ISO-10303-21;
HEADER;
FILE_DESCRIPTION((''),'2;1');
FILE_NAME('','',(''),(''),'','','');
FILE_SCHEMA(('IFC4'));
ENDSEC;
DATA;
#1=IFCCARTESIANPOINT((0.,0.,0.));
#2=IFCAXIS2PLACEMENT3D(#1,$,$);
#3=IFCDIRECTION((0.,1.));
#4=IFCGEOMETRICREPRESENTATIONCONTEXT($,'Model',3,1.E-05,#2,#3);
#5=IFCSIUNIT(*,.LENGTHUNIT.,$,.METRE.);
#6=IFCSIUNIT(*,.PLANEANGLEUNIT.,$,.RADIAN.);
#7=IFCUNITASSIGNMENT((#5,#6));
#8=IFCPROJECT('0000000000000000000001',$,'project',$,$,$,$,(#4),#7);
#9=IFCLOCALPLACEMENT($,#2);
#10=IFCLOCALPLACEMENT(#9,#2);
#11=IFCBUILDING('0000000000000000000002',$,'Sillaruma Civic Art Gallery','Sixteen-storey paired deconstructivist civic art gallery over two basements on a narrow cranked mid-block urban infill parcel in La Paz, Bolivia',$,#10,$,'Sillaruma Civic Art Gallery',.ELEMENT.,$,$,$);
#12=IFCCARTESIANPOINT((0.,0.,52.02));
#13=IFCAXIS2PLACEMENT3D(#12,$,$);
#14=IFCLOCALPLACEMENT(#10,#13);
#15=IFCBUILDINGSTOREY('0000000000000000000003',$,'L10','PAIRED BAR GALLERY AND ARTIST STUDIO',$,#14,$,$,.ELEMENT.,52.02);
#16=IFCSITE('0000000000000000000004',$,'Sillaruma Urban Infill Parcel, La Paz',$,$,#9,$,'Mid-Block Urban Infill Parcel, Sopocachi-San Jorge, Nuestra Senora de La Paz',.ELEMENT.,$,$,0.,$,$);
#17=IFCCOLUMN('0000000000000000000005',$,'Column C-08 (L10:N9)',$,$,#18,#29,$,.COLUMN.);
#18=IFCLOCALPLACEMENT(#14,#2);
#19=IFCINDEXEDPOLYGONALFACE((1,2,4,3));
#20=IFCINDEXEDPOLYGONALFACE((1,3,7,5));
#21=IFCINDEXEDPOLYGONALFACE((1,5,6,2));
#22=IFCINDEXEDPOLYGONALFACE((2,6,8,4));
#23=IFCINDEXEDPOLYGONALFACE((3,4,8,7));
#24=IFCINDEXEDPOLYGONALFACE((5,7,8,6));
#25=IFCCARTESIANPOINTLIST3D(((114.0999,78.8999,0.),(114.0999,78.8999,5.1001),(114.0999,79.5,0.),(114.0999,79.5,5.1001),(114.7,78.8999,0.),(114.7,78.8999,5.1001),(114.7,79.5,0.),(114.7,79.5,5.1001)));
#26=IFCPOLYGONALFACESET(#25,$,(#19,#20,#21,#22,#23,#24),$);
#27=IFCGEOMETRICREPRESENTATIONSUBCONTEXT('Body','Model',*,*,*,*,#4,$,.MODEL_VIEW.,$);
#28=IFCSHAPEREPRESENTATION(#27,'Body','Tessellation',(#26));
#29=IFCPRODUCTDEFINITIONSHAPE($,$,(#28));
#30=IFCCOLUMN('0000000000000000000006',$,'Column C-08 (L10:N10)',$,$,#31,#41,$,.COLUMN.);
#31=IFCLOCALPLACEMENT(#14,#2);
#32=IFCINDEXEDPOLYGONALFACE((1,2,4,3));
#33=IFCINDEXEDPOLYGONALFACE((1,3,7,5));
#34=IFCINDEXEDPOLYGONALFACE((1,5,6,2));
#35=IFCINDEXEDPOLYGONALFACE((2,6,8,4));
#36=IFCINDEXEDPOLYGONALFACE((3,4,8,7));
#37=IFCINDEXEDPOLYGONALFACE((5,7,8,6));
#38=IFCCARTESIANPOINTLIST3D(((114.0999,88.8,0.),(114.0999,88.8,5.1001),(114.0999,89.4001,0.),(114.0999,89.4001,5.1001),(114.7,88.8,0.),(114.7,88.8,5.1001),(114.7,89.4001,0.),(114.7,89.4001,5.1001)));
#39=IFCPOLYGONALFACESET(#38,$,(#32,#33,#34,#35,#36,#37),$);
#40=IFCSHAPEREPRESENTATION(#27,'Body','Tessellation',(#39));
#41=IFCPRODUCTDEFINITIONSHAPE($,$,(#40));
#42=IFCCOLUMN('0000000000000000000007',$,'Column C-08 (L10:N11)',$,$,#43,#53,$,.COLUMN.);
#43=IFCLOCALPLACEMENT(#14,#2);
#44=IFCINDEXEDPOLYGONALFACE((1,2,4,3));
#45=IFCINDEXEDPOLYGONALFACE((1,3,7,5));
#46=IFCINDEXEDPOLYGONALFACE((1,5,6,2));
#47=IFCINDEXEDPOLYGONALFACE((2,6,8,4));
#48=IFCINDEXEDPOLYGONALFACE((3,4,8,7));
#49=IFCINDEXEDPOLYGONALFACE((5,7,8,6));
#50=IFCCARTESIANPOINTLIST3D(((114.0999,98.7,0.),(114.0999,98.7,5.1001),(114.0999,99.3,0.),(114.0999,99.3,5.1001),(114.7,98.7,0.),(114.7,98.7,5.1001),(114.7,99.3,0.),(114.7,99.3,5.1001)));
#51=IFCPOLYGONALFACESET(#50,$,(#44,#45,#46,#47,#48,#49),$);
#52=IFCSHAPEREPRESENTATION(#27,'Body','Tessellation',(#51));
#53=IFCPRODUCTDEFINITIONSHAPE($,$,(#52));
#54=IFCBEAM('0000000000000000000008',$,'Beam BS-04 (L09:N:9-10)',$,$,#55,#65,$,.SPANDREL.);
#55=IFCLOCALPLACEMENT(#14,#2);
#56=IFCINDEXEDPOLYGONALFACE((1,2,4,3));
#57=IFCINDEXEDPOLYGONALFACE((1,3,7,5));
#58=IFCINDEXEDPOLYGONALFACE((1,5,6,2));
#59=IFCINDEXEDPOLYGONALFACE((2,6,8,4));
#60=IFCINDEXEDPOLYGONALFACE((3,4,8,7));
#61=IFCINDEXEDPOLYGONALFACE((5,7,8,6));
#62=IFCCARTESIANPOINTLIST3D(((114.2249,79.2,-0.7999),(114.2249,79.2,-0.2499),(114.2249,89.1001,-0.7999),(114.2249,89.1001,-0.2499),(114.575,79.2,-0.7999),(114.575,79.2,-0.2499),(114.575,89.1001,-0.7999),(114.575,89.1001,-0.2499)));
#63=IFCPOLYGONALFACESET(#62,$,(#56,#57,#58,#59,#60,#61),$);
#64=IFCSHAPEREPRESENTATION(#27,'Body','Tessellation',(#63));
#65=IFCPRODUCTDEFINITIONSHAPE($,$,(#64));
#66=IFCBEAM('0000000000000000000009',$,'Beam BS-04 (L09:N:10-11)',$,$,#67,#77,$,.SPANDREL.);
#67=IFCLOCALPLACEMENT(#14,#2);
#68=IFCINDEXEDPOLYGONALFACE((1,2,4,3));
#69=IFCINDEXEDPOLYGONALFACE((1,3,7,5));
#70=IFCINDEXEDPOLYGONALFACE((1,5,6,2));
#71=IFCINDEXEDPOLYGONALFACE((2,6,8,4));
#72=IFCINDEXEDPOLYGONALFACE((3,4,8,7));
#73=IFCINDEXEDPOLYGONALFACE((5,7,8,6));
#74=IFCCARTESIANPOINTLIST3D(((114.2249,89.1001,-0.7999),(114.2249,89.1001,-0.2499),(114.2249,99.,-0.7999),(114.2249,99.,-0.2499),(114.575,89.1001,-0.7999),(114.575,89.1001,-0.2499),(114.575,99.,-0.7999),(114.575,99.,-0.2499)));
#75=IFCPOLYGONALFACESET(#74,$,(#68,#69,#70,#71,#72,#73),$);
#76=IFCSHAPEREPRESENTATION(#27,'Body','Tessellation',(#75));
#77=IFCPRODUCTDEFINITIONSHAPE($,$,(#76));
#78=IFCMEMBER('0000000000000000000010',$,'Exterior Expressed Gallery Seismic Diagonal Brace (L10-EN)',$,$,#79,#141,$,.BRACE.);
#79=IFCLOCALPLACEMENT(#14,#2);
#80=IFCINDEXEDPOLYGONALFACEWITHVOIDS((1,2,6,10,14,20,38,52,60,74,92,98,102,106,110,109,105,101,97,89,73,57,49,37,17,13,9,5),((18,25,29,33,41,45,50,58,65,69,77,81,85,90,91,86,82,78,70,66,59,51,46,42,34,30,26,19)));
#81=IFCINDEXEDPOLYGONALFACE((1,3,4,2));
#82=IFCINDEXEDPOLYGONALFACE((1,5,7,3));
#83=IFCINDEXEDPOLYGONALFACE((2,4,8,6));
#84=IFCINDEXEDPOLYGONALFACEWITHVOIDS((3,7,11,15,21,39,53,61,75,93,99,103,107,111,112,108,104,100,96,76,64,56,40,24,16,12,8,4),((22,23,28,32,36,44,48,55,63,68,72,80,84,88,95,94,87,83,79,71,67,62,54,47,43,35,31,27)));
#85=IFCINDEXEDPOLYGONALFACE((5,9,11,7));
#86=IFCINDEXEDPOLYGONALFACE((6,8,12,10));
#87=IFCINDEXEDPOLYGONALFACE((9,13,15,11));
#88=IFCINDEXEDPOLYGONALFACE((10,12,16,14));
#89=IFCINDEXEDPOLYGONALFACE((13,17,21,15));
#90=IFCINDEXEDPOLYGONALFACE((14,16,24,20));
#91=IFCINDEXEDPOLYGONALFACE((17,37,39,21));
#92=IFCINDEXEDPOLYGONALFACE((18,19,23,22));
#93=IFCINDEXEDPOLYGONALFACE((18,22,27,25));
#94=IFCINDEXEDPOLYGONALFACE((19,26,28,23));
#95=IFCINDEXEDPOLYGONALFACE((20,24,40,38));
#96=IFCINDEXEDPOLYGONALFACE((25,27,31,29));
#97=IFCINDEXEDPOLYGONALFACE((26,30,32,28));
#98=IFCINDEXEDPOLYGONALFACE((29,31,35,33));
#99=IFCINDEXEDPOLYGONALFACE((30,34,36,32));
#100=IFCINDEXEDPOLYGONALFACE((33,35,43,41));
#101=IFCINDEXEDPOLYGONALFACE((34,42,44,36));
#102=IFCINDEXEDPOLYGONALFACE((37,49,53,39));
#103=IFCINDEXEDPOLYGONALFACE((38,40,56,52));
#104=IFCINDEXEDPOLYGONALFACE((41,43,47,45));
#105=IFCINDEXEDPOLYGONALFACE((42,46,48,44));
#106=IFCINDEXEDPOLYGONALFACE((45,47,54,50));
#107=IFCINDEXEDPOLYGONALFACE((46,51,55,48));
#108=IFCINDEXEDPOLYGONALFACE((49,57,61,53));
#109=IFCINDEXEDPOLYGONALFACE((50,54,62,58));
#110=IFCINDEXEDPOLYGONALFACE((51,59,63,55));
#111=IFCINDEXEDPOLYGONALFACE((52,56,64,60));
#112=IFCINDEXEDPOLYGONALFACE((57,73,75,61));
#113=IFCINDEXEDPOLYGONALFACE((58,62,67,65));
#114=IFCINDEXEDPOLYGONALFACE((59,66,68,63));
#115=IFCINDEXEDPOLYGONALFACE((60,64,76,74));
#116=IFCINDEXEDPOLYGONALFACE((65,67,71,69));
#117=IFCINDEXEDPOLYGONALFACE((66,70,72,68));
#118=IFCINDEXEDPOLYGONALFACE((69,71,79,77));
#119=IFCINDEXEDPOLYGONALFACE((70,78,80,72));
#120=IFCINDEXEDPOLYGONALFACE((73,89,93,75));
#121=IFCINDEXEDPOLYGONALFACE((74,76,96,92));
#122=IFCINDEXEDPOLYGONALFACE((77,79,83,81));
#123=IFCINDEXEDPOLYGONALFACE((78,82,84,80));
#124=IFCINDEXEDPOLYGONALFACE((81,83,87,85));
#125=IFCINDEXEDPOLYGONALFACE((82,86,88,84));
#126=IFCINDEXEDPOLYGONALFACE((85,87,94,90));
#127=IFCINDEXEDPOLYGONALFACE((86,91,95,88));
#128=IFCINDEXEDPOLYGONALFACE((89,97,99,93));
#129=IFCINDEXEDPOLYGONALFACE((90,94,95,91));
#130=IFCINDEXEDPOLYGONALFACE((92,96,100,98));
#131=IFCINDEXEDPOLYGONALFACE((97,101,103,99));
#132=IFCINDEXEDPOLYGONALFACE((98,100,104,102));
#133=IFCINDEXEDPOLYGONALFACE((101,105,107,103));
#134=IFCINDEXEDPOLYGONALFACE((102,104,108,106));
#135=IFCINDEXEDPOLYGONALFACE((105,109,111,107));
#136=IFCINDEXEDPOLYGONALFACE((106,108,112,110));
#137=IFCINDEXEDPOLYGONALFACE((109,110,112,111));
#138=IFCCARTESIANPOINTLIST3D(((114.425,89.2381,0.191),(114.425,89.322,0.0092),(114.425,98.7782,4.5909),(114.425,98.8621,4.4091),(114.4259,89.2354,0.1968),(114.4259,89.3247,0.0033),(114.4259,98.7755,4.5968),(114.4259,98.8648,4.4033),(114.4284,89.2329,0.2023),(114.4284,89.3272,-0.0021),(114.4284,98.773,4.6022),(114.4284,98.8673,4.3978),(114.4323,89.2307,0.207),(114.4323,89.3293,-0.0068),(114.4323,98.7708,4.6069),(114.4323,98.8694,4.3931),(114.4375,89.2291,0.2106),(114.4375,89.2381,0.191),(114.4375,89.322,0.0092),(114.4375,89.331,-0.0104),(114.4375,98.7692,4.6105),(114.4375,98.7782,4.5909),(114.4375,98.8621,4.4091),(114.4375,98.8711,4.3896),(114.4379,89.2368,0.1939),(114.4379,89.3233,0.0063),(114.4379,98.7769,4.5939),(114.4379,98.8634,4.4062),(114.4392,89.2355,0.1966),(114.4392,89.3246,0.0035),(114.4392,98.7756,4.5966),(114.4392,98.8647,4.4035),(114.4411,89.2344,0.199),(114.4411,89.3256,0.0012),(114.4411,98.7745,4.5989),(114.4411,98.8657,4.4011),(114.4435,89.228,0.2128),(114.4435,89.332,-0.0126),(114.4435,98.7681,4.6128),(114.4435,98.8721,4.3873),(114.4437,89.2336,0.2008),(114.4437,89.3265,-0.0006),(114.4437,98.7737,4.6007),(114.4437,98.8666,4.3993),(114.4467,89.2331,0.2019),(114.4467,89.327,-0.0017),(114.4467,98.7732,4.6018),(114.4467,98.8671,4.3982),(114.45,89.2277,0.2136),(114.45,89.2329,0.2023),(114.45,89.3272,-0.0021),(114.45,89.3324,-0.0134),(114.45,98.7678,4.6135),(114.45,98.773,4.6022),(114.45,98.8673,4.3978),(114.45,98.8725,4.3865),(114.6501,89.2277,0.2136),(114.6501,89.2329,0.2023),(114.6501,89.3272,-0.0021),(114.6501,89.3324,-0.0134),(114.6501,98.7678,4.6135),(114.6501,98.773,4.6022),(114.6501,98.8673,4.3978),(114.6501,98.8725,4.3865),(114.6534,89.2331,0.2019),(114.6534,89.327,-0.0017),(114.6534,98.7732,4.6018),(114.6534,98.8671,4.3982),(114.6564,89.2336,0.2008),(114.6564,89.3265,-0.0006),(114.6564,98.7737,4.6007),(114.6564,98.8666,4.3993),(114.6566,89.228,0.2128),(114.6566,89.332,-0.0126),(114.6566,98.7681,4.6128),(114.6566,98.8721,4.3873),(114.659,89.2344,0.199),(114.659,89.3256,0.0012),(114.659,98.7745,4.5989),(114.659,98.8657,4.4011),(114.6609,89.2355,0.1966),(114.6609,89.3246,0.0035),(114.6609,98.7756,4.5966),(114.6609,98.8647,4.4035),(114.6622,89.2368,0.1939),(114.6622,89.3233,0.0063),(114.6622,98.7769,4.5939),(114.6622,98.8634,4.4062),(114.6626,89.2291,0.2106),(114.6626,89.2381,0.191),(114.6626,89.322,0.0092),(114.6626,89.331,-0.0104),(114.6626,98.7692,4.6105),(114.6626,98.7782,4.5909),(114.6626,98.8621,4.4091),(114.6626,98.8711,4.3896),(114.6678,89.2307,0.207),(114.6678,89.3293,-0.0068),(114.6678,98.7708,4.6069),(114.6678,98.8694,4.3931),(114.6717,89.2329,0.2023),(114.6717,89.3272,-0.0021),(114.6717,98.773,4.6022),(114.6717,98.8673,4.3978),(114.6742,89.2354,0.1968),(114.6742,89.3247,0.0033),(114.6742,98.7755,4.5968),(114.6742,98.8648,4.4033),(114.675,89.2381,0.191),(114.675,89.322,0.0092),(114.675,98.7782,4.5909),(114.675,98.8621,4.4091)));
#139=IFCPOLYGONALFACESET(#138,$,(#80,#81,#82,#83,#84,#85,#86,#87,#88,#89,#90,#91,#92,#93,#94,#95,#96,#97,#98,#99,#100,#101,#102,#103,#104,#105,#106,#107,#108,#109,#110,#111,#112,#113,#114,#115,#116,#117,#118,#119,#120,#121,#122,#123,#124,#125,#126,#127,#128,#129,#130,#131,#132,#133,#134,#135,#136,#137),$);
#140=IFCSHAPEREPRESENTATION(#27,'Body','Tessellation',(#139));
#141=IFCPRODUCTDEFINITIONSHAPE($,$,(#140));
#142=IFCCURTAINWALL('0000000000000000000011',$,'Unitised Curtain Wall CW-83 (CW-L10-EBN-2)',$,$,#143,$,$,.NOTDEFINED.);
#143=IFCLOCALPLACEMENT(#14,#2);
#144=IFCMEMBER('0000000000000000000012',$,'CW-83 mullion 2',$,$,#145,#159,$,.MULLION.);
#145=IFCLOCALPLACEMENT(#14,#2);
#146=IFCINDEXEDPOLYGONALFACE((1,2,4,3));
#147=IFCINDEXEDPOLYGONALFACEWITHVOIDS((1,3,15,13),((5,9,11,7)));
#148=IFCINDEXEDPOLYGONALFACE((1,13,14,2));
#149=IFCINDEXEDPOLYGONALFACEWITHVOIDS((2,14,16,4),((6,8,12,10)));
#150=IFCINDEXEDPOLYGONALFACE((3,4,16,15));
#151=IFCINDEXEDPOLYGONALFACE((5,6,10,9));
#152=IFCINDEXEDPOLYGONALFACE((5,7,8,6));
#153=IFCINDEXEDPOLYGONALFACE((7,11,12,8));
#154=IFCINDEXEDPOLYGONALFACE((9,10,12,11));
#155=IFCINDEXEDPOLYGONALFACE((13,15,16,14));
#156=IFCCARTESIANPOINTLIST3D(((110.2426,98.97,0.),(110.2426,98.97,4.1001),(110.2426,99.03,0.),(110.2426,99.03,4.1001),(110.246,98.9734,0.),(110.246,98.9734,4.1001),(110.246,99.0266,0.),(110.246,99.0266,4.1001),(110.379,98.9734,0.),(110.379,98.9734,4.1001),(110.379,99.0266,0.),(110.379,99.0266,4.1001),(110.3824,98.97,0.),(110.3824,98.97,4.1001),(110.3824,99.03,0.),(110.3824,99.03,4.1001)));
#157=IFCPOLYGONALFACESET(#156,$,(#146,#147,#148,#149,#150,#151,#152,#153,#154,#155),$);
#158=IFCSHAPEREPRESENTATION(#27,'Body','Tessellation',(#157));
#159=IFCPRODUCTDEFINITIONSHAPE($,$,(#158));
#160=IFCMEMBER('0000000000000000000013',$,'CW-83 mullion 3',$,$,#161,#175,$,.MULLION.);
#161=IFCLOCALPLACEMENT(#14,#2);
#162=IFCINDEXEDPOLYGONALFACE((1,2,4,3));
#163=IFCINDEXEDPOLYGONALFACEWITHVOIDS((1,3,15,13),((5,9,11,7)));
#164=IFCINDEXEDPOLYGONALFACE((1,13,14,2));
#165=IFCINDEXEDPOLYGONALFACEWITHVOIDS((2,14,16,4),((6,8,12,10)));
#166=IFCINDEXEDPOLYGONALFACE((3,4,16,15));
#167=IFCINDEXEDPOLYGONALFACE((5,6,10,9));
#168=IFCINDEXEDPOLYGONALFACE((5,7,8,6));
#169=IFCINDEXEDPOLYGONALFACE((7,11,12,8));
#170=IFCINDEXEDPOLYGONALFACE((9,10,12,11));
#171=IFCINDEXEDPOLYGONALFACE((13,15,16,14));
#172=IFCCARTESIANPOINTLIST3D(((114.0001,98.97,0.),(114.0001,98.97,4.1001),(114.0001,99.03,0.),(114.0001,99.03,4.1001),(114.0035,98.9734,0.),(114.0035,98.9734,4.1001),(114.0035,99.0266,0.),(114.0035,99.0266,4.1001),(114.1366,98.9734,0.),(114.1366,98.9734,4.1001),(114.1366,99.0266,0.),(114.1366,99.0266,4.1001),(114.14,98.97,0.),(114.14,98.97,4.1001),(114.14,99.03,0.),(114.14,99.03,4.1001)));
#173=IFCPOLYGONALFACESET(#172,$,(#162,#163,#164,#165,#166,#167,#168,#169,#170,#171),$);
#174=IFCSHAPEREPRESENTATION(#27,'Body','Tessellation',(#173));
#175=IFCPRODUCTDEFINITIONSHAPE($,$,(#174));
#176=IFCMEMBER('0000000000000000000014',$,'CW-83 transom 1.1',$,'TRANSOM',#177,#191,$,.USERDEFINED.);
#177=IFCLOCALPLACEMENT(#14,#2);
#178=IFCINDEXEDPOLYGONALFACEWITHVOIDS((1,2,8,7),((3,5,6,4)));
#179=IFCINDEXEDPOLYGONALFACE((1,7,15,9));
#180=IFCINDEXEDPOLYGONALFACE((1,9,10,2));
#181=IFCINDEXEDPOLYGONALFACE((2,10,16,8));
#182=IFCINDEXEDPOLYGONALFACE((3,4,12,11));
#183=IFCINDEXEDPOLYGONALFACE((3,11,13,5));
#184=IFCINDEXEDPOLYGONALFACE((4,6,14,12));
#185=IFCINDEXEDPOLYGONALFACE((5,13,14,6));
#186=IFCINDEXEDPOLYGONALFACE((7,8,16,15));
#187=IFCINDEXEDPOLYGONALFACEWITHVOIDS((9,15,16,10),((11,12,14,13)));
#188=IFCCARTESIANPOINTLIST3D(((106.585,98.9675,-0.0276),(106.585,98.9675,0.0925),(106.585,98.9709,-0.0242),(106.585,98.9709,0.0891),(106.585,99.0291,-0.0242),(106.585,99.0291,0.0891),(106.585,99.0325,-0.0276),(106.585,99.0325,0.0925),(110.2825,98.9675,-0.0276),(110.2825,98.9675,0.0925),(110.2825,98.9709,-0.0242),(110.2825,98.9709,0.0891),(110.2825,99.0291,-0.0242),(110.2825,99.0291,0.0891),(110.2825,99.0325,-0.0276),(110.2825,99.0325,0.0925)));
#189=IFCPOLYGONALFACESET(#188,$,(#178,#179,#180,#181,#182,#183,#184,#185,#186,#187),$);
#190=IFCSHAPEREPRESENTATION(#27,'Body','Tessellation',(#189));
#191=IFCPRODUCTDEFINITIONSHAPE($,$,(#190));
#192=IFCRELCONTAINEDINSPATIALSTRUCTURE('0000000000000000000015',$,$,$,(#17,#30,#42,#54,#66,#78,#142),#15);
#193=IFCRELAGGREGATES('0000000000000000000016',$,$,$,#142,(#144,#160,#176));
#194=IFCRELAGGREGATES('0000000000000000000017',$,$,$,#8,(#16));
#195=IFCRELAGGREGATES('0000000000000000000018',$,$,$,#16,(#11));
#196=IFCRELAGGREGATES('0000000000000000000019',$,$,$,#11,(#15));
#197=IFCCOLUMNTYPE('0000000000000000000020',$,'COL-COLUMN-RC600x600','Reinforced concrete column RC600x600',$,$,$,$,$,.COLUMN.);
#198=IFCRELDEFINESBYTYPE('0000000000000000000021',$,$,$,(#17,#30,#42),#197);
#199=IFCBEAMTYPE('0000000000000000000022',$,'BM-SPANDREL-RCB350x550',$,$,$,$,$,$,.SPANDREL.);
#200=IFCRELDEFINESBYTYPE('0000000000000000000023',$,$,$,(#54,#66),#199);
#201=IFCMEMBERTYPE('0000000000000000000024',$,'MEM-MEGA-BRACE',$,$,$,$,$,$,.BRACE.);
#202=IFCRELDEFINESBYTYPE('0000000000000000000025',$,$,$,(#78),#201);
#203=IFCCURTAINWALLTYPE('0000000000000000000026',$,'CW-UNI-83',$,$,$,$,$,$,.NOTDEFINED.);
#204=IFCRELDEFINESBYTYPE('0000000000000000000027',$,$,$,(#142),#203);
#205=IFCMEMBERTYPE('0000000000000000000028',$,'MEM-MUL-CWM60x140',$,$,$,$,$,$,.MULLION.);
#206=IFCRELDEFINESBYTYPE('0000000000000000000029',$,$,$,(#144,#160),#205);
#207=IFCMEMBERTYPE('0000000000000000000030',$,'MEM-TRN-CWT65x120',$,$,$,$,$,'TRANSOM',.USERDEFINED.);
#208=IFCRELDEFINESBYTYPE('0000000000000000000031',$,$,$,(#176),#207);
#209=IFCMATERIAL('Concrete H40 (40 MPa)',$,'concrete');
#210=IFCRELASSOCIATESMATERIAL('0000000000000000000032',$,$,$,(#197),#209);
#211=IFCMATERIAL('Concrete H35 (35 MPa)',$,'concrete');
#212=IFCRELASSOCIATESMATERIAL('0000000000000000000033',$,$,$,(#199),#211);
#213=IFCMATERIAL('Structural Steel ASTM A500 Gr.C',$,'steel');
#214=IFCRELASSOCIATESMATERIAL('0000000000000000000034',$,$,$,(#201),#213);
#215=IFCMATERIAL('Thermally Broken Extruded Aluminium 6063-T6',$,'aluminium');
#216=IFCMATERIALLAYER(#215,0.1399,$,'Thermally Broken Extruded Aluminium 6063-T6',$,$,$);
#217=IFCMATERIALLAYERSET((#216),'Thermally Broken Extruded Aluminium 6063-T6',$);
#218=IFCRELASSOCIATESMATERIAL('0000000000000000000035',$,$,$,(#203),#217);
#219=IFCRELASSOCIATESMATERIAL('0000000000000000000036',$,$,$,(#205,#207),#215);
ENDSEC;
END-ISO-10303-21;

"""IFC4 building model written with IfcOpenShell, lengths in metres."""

from ifc_helpers import new_model, si_unit, direction, frame, origin, origin_2d, place, context, subcontext, project, spatial, rectangle, hollow_rectangle, extrude, material, layer, layer_set, material_profile, profile_set, type_object, element, aggregate, save


model = new_model("IFC4")

# Units and contexts
model_context = context("Model", 3, precision=1e-05, world=origin(), true_north=direction((0.0, 1.0)))
body_context = subcontext(model_context, "Body", "Model", "MODEL_VIEW")
ifc_project = project(units=[si_unit("LENGTHUNIT", "METRE"), si_unit("PLANEANGLEUNIT", "RADIAN")], contexts=[model_context])

# Site, building, storey
site_placement = place(None, origin())
site = spatial("IfcSite", under=ifc_project, at=site_placement, Name="Sillaruma Urban Infill Parcel, La Paz", LongName="Mid-Block Urban Infill Parcel, Sopocachi-San Jorge, Nuestra Senora de La Paz", CompositionType="ELEMENT", RefElevation=0.0)
building_placement = place(site_placement, origin())
building = spatial("IfcBuilding", under=site, at=building_placement, Name="Sillaruma Civic Art Gallery", Description="Sixteen-storey paired deconstructivist civic art gallery over two basements on a narrow cranked mid-block urban infill parcel in La Paz, Bolivia", LongName="Sillaruma Civic Art Gallery", CompositionType="ELEMENT")
storey_placement = place(building_placement, frame((0.0, 0.0, 52.02)))
storey = spatial("IfcBuildingStorey", under=building, at=storey_placement, Name="L10", Description="PAIRED BAR GALLERY AND ARTIST STUDIO", CompositionType="ELEMENT", Elevation=52.02)

# Columns
ifc_material_1 = material(Name="Concrete H40 (40 MPa)", Category="concrete")
ifc_material_profile_1 = material_profile(ifc_material_1, rectangle(XDim=0.6001, YDim=0.6001, at=origin_2d()), Name="RC600x600")
ifc_profile_set_1 = profile_set([ifc_material_profile_1], Name="Concrete H40 (40 MPa)")
column_type = type_object("IfcColumnType", Name="COL-COLUMN-RC600x600", Description="Reinforced concrete column RC600x600", PredefinedType="COLUMN", material=ifc_profile_set_1)
for number, where, z_axis, x_axis, name in (
    (1, (114.3999, 79.2, 0.0), (0.0, 0.0, 1.0), (1.0, 0.0, 0.0), "Column C-08 (L10:N9)"),
    (2, (114.3999, 89.1001, 0.0), (0.0, 0.0, 1.0), (1.0, 0.0, 0.0), "Column C-08 (L10:N10)"),
    (3, (114.3999, 99.0, 0.0), (0.0, 0.0, 1.0), (1.0, 0.0, 0.0), "Column C-08 (L10:N11)"),
):
    element("IfcColumn", number, at=place(storey_placement, frame(where, z_axis=z_axis, x_axis=x_axis)), inside=storey, type_object=column_type, Name=name, PredefinedType="COLUMN", context=body_context, shape_type="SweptSolid", body=[
        extrude(rectangle(XDim=0.6001, YDim=0.6001, at=origin_2d()), origin(), (0.0, 0.0, 1.0), 5.1001),
    ])

# Beams
ifc_material_2 = material(Name="Concrete H35 (35 MPa)", Category="concrete")
ifc_material_profile_2 = material_profile(ifc_material_2, rectangle(XDim=0.3501, YDim=0.55, at=origin_2d()), Name="RCB350x550")
ifc_profile_set_2 = profile_set([ifc_material_profile_2], Name="Concrete H35 (35 MPa)")
beam_type = type_object("IfcBeamType", Name="BM-SPANDREL-RCB350x550", PredefinedType="SPANDREL", material=ifc_profile_set_2)
beam_1_placement = place(storey_placement, frame((114.3999, 79.2, -0.5249), z_axis=(0.0, 1.0, 0.0), x_axis=(-1.0, 0.0, 0.0)))
element("IfcBeam", 4, at=beam_1_placement, inside=storey, type_object=beam_type, Name="Beam BS-04 (L09:N:9-10)", PredefinedType="SPANDREL", context=body_context, shape_type="SweptSolid", body=[
    extrude(rectangle(XDim=0.3501, YDim=0.55, at=origin_2d()), origin(), (0.0, 0.0, 1.0), 9.9001),
])
beam_2_placement = place(storey_placement, frame((114.3999, 89.1001, -0.5249), z_axis=(0.0, 1.0, 0.0), x_axis=(-1.0, 0.0, 0.0)))
element("IfcBeam", 5, at=beam_2_placement, inside=storey, type_object=beam_type, Name="Beam BS-04 (L09:N:10-11)", PredefinedType="SPANDREL", context=body_context, shape_type="SweptSolid", body=[
    extrude(rectangle(XDim=0.3501, YDim=0.55, at=origin_2d()), origin(), (0.0, 0.0, 1.0), 9.8999),
])

# Member
ifc_material_3 = material(Name="Structural Steel ASTM A500 Gr.C", Category="steel")
ifc_material_profile_3 = material_profile(ifc_material_3, hollow_rectangle(XDim=0.25, YDim=0.25, WallThickness=0.0125, InnerFilletRadius=0.0125, OuterFilletRadius=0.0249, at=origin_2d()), Name="HSS250x250x12.5")
ifc_profile_set_3 = profile_set([ifc_material_profile_3], Name="Structural Steel ASTM A500 Gr.C")
member_type_1 = type_object("IfcMemberType", Name="MEM-MEGA-BRACE", PredefinedType="BRACE", material=ifc_profile_set_3)
member_1_placement = place(storey_placement, frame((114.55, 89.28, 0.1001), z_axis=(0.0, 0.908075, 0.418808), x_axis=(-1.0, 0.0, 0.0)))
element("IfcMember", 6, at=member_1_placement, inside=storey, type_object=member_type_1, Name="Exterior Expressed Gallery Seismic Diagonal Brace (L10-EN)", PredefinedType="BRACE", context=body_context, shape_type="SweptSolid", body=[
    extrude(hollow_rectangle(XDim=0.25, YDim=0.25, WallThickness=0.0125, InnerFilletRadius=0.0125, OuterFilletRadius=0.0249, at=origin_2d()), origin(), (0.0, 0.0, 1.0), 10.5059),
])

# Curtain wall, members
ifc_material_4 = material(Name="Thermally Broken Extruded Aluminium 6063-T6", Category="aluminium")
ifc_layer_1 = layer(ifc_material_4, 0.1399, Name="Thermally Broken Extruded Aluminium 6063-T6")
ifc_layer_set_1 = layer_set([ifc_layer_1], Name="Thermally Broken Extruded Aluminium 6063-T6")
curtain_wall_type = type_object("IfcCurtainWallType", Name="CW-UNI-83", PredefinedType="NOTDEFINED", material=ifc_layer_set_1)
curtain_wall_placement = place(storey_placement, origin())
curtain_wall = element("IfcCurtainWall", 7, at=curtain_wall_placement, inside=storey, type_object=curtain_wall_type, Name="Unitised Curtain Wall CW-83 (CW-L10-EBN-2)", PredefinedType="NOTDEFINED")
ifc_material_profile_4 = material_profile(ifc_material_4, hollow_rectangle(XDim=0.0601, YDim=0.1399, WallThickness=0.0034, at=origin_2d()), Name="CWM60x140")
ifc_profile_set_4 = profile_set([ifc_material_profile_4], Name="Thermally Broken Extruded Aluminium 6063-T6")
member_type_2 = type_object("IfcMemberType", Name="MEM-MUL-CWM60x140", PredefinedType="MULLION", material=ifc_profile_set_4)
member_2_placement = place(storey_placement, frame((110.3125, 99.0, 0.0), z_axis=(0.0, 0.0, 1.0), x_axis=(0.0, 1.0, 0.0)))
member_2 = element("IfcMember", 8, at=member_2_placement, type_object=member_type_2, Name="CW-83 mullion 2", PredefinedType="MULLION", context=body_context, shape_type="SweptSolid", body=[
    extrude(hollow_rectangle(XDim=0.0601, YDim=0.1399, WallThickness=0.0034, at=origin_2d()), origin(), (0.0, 0.0, 1.0), 4.1001),
])
member_3_placement = place(storey_placement, frame((114.0701, 99.0, 0.0), z_axis=(0.0, 0.0, 1.0), x_axis=(0.0, 1.0, 0.0)))
member_3 = element("IfcMember", 9, at=member_3_placement, type_object=member_type_2, Name="CW-83 mullion 3", PredefinedType="MULLION", context=body_context, shape_type="SweptSolid", body=[
    extrude(hollow_rectangle(XDim=0.0601, YDim=0.1399, WallThickness=0.0034, at=origin_2d()), origin(), (0.0, 0.0, 1.0), 4.1001),
])
ifc_material_profile_5 = material_profile(ifc_material_4, hollow_rectangle(XDim=0.0649, YDim=0.1201, WallThickness=0.0034, at=origin_2d()), Name="CWT65x120")
ifc_profile_set_5 = profile_set([ifc_material_profile_5], Name="Thermally Broken Extruded Aluminium 6063-T6")
member_type_3 = type_object("IfcMemberType", Name="MEM-TRN-CWT65x120", ElementType="TRANSOM", PredefinedType="USERDEFINED", material=ifc_profile_set_5)
member_4_placement = place(storey_placement, frame((106.585, 99.0, 0.0325), z_axis=(1.0, 0.0, 0.0), x_axis=(0.0, 1.0, 0.0)))
member_4 = element("IfcMember", 10, at=member_4_placement, type_object=member_type_3, Name="CW-83 transom 1.1", ObjectType="TRANSOM", PredefinedType="USERDEFINED", context=body_context, shape_type="SweptSolid", body=[
    extrude(hollow_rectangle(XDim=0.0649, YDim=0.1201, WallThickness=0.0034, at=origin_2d()), origin(), (0.0, 0.0, 1.0), 3.6975),
])
aggregate(curtain_wall, [member_2, member_3, member_4])

save(model, "model.ifc")
